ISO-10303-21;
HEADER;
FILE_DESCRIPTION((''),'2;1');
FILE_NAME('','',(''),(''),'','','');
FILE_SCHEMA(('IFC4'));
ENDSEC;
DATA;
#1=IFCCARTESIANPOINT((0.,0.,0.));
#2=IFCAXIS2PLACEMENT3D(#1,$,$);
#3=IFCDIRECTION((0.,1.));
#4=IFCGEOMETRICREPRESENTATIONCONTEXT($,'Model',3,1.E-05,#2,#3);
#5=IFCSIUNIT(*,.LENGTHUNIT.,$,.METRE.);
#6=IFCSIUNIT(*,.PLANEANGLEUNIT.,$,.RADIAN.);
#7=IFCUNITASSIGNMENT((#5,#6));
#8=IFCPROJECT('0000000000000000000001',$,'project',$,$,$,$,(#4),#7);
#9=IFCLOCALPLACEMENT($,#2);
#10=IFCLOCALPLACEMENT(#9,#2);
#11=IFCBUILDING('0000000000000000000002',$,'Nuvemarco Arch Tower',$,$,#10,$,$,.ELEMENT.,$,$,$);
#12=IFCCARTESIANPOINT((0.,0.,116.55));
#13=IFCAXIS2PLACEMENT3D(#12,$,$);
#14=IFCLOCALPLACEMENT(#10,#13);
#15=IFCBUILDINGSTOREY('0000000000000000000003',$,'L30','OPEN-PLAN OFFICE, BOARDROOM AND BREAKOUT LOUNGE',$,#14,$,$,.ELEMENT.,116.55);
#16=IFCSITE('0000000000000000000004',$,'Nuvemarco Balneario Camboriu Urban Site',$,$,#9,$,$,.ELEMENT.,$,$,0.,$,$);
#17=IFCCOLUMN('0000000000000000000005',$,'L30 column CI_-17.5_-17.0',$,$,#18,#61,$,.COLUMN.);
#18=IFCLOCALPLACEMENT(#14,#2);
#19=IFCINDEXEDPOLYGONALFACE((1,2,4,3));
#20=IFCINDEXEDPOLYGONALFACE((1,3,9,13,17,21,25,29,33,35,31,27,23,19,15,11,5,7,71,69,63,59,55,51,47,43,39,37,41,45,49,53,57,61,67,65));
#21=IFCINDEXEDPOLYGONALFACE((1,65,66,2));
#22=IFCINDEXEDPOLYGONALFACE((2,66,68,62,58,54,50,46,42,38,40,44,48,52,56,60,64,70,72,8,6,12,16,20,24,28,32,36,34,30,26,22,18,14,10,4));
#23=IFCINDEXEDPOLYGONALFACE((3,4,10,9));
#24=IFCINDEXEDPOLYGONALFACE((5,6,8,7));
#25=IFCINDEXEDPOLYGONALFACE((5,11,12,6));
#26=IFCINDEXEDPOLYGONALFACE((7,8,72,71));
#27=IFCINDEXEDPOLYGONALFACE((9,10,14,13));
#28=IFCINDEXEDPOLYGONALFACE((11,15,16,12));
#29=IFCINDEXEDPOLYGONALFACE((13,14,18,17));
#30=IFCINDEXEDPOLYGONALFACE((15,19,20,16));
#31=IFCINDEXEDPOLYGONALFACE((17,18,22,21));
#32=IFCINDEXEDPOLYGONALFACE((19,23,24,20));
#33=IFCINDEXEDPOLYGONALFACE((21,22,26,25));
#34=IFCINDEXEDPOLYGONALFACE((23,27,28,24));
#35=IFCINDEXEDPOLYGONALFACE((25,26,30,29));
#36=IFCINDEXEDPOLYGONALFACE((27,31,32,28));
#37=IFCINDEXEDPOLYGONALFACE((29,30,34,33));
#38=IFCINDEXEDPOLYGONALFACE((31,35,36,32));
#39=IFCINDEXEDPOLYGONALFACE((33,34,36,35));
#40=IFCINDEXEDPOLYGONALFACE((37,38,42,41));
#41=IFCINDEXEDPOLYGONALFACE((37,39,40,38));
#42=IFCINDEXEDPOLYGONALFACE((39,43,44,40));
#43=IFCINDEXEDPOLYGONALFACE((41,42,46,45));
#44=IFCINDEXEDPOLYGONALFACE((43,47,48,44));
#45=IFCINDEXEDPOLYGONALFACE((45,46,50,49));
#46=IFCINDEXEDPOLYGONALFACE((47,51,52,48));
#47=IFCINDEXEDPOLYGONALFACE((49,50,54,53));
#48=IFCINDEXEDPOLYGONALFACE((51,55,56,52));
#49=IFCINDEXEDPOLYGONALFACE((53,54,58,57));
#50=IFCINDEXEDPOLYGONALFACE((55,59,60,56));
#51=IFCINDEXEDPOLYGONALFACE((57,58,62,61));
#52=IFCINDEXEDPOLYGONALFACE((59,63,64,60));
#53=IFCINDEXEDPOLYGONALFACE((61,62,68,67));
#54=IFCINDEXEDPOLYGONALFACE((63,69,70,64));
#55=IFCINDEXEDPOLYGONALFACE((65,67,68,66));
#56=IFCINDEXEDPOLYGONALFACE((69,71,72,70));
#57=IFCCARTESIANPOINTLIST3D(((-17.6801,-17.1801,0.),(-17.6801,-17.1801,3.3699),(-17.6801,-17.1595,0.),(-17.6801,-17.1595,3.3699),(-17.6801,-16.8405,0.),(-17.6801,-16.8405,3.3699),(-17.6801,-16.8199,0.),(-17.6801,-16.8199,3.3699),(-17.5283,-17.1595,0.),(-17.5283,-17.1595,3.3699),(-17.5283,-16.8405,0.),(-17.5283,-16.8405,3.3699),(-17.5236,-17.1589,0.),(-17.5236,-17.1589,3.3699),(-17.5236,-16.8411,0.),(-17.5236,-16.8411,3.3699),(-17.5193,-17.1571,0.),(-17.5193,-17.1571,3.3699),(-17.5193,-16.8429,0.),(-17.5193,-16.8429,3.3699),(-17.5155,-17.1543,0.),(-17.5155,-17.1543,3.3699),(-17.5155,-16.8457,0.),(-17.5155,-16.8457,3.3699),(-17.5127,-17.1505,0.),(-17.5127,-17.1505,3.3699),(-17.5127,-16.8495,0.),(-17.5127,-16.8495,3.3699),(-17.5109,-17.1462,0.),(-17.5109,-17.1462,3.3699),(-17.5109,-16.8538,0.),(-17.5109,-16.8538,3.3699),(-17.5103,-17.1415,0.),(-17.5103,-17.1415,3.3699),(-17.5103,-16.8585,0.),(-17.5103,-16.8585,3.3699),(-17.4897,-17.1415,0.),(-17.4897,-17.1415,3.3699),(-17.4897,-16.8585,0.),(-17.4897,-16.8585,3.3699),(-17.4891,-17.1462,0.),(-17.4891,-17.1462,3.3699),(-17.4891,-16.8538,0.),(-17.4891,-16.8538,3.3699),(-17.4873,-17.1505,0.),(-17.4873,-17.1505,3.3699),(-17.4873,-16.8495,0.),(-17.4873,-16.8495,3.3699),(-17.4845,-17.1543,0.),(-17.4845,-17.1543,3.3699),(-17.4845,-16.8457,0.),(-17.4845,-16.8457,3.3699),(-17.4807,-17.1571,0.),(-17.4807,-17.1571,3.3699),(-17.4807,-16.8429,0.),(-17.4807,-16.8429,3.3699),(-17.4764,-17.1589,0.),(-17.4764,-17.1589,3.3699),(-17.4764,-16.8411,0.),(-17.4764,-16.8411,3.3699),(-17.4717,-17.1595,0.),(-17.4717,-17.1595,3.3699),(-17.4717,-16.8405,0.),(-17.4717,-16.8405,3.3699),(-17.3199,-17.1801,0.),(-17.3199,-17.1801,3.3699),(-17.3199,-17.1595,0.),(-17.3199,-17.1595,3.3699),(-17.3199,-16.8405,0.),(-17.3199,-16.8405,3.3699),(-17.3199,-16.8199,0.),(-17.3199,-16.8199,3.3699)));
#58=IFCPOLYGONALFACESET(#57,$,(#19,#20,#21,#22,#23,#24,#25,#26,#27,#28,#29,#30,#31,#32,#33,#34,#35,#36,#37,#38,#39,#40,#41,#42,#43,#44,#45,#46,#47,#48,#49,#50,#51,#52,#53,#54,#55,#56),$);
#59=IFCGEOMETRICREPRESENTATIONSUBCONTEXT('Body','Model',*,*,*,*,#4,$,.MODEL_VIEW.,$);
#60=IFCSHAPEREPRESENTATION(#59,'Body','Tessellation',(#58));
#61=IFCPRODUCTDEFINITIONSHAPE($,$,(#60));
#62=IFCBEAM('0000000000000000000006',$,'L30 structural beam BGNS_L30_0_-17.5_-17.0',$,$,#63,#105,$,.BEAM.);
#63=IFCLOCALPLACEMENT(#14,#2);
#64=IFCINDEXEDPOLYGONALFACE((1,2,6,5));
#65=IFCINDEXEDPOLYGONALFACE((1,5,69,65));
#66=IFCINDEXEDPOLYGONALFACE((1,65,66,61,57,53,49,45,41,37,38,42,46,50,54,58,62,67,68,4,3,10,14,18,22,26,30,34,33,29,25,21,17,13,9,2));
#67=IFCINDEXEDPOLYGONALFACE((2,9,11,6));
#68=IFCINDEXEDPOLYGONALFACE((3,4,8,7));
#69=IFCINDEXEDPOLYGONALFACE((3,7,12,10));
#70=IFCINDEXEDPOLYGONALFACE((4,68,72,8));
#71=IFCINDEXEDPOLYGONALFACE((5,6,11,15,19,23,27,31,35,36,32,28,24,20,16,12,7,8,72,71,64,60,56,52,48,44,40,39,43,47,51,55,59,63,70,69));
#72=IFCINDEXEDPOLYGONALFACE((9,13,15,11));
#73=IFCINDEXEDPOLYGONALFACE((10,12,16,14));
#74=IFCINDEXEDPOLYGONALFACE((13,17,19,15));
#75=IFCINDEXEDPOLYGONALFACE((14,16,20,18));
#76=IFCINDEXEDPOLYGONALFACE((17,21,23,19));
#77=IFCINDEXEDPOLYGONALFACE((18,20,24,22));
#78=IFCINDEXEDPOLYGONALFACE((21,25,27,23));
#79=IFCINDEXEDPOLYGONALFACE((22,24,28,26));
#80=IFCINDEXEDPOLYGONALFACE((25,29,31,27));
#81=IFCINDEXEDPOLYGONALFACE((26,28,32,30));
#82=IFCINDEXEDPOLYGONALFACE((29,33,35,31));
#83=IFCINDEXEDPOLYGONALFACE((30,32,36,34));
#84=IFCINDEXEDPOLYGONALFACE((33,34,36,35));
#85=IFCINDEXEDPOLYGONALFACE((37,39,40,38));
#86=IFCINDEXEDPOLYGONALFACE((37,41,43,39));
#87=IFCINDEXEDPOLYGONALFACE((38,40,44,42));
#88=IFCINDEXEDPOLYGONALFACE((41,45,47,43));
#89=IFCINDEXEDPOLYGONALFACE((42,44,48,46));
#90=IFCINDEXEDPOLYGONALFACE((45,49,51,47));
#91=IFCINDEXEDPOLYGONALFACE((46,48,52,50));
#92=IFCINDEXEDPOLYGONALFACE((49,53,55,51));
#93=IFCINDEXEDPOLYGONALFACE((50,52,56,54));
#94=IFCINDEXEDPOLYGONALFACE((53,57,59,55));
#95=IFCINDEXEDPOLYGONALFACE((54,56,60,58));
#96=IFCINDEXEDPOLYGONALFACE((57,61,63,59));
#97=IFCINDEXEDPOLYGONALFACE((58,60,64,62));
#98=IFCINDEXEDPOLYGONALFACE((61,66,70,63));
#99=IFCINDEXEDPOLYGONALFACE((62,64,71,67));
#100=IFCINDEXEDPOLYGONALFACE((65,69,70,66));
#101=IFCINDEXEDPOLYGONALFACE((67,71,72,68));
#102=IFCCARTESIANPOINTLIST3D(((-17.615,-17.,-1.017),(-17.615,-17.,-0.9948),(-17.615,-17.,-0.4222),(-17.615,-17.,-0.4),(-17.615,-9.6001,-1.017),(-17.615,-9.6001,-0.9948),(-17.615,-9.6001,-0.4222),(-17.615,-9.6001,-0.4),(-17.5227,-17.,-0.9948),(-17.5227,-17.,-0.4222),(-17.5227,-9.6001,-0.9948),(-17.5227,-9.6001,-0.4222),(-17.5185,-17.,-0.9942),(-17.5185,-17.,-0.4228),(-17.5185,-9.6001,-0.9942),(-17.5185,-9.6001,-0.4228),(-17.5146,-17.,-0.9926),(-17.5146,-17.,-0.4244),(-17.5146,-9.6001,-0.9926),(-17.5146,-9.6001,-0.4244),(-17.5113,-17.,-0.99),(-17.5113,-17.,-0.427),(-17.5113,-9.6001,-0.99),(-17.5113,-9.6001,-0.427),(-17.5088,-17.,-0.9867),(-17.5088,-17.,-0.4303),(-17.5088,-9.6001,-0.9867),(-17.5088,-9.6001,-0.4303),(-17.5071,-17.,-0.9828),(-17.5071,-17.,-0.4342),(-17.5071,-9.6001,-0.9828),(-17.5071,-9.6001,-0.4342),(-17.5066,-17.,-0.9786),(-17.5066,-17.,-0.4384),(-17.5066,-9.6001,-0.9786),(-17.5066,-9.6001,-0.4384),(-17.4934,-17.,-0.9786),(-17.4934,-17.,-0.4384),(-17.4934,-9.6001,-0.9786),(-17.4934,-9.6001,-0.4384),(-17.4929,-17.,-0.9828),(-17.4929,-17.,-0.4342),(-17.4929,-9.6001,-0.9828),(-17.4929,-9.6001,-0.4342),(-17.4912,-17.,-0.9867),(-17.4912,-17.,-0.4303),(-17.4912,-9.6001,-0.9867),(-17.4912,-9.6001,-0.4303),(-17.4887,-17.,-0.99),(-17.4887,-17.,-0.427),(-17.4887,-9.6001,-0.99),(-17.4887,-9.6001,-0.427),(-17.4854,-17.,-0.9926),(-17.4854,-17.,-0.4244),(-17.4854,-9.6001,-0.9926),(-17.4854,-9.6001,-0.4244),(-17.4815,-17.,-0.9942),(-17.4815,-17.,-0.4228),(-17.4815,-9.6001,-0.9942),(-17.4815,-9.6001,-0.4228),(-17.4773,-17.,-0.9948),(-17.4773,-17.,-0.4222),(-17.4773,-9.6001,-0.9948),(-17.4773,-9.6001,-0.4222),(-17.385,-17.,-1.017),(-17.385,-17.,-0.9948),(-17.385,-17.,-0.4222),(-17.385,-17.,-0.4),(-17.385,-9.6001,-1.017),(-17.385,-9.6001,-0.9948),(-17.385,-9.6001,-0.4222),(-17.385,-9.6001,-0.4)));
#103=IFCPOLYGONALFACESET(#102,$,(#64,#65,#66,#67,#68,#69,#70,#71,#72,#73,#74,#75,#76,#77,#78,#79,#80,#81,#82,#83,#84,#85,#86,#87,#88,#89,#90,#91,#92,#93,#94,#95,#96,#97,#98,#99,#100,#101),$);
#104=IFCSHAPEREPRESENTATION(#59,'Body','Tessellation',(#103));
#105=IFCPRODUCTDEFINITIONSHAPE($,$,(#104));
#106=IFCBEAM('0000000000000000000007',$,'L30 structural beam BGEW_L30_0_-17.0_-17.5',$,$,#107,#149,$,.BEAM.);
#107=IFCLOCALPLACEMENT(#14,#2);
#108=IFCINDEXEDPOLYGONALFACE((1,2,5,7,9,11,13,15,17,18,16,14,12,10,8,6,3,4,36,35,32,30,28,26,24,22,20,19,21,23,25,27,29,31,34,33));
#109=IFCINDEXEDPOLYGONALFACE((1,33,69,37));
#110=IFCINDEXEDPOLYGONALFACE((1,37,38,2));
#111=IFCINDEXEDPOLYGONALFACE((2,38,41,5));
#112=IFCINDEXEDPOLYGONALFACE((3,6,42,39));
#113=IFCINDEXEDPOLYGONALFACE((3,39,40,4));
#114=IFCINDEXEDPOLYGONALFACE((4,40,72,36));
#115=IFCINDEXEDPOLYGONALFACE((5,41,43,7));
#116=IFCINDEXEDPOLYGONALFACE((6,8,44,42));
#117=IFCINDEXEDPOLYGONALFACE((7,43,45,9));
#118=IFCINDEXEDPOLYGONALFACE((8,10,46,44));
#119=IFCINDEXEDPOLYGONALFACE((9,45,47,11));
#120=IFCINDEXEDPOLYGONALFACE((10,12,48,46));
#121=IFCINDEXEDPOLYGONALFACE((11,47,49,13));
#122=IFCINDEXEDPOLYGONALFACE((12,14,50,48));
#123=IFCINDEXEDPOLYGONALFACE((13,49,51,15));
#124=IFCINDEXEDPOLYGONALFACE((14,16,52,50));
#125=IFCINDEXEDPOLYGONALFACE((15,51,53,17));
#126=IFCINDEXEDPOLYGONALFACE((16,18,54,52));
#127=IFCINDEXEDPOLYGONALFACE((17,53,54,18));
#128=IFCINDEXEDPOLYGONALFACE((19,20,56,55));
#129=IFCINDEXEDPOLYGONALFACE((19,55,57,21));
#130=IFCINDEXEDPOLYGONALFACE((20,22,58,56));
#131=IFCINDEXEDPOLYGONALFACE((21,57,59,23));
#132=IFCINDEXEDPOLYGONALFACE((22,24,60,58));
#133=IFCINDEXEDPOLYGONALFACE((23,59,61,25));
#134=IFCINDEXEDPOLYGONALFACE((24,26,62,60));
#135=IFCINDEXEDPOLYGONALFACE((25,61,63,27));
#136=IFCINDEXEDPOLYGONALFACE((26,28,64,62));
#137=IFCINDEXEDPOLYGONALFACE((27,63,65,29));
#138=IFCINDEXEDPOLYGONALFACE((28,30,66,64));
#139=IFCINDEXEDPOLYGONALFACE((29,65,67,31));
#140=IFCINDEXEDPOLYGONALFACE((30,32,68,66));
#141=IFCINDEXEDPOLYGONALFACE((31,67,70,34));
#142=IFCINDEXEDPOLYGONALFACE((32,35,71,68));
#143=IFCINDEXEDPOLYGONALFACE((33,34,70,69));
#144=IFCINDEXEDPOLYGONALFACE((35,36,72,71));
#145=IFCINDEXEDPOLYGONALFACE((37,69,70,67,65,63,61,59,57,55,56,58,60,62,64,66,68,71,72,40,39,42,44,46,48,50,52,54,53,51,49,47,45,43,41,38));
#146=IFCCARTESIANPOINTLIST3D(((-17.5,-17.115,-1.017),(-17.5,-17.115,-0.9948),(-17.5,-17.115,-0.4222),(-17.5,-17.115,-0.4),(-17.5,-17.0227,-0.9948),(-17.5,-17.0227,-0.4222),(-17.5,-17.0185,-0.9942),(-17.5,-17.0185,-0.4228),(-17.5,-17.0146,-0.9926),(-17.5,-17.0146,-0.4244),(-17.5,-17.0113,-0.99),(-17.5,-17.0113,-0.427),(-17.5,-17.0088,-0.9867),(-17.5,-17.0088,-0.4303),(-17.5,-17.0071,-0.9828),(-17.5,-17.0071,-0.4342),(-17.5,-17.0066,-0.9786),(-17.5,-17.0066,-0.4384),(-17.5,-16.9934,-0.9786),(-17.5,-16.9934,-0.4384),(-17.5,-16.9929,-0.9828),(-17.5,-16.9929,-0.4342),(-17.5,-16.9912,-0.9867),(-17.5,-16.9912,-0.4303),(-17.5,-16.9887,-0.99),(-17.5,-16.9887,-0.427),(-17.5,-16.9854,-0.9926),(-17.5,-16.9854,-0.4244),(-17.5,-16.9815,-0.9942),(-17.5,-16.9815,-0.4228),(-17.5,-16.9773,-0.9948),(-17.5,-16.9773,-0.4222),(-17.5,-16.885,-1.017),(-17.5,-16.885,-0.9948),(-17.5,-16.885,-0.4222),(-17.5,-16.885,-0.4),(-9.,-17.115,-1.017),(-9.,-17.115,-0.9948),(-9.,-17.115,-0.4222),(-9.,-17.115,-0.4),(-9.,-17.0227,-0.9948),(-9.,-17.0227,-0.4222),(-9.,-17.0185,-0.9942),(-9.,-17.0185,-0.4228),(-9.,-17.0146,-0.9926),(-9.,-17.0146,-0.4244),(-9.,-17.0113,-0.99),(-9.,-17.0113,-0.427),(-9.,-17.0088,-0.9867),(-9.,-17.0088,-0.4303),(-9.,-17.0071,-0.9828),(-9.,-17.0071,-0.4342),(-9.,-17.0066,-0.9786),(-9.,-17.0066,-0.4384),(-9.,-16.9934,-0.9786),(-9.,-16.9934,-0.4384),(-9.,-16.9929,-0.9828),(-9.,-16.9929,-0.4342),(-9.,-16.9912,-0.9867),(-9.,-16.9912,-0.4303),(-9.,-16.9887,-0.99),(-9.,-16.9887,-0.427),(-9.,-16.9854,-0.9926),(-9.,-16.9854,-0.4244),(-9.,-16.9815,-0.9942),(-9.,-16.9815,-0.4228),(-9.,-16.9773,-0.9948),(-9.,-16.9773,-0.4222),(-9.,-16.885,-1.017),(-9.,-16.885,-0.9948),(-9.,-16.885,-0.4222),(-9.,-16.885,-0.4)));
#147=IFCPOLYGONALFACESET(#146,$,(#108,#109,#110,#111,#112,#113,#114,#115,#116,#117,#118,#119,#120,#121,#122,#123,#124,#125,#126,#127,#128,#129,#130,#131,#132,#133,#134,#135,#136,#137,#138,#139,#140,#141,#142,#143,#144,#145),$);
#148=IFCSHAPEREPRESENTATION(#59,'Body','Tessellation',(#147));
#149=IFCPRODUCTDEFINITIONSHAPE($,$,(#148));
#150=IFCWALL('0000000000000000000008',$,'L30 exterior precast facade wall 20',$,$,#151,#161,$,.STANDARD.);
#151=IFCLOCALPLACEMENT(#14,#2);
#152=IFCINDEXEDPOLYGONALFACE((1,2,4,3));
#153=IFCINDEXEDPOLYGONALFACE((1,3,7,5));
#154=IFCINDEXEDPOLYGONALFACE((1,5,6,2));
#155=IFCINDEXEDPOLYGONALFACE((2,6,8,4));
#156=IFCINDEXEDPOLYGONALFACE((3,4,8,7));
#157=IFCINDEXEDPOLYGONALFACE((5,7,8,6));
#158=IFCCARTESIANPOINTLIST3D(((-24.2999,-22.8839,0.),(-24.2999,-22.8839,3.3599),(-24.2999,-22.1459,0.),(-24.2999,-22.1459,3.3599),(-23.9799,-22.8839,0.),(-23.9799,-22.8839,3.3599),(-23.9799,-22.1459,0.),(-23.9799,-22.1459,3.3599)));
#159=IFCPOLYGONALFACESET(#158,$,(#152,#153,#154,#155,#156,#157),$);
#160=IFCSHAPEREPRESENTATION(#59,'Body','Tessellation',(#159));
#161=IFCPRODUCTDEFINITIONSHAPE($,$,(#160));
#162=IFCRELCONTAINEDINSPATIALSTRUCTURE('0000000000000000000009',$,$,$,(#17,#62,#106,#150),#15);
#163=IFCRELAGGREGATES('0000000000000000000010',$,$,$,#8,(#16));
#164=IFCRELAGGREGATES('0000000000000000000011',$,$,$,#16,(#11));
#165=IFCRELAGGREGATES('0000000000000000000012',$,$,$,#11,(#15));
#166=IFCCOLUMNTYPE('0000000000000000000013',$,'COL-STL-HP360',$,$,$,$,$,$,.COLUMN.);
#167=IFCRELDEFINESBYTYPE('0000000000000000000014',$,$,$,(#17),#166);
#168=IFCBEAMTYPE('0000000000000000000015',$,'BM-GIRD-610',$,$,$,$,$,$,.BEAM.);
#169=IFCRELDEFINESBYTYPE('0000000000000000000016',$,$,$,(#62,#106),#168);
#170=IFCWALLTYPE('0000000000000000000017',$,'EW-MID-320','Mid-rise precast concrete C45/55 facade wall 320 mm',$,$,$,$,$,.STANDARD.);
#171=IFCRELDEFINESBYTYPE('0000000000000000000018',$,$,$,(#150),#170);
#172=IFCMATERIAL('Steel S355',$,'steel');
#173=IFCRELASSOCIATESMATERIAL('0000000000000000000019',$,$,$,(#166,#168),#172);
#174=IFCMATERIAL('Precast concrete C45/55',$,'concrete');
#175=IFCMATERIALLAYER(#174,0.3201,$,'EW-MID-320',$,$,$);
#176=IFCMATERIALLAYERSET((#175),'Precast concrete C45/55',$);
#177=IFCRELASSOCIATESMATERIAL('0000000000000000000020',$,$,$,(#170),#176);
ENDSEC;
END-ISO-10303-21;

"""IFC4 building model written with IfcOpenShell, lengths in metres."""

from ifc_helpers import new_model, si_unit, direction, frame, frame_2d, origin, origin_2d, place, context, subcontext, project, spatial, rectangle, i_section, extrude, material, layer, layer_set, material_profile, profile_set, type_object, element, save


model = new_model("IFC4")

# Units and contexts
model_context = context("Model", 3, precision=1e-05, world=origin(), true_north=direction((0.0, 1.0)))
body_context = subcontext(model_context, "Body", "Model", "MODEL_VIEW")
ifc_project = project(units=[si_unit("LENGTHUNIT", "METRE"), si_unit("PLANEANGLEUNIT", "RADIAN")], contexts=[model_context])

# Site, building, storey
site_placement = place(None, origin())
site = spatial("IfcSite", under=ifc_project, at=site_placement, Name="Nuvemarco Balneario Camboriu Urban Site", CompositionType="ELEMENT", RefElevation=0.0)
building_placement = place(site_placement, origin())
building = spatial("IfcBuilding", under=site, at=building_placement, Name="Nuvemarco Arch Tower", CompositionType="ELEMENT")
storey_placement = place(building_placement, frame((0.0, 0.0, 116.55)))
storey = spatial("IfcBuildingStorey", under=building, at=storey_placement, Name="L30", Description="OPEN-PLAN OFFICE, BOARDROOM AND BREAKOUT LOUNGE", CompositionType="ELEMENT", Elevation=116.55)

# Column
ifc_material_1 = material(Name="Steel S355", Category="steel")
ifc_material_profile_1 = material_profile(ifc_material_1, i_section(OverallWidth=0.3601, OverallDepth=0.3601, WebThickness=0.0205, FlangeThickness=0.0205, FilletRadius=0.0181, at=origin_2d()), Name="HP360x174")
ifc_profile_set_1 = profile_set([ifc_material_profile_1], Name="Steel S355")
column_type = type_object("IfcColumnType", Name="COL-STL-HP360", PredefinedType="COLUMN", material=ifc_profile_set_1)
column_placement = place(storey_placement, frame((-17.5, -17.0, 0.0), z_axis=(0.0, 0.0, 1.0), x_axis=(1.0, 0.0, 0.0)))
element("IfcColumn", 1, at=column_placement, inside=storey, type_object=column_type, Name="L30 column CI_-17.5_-17.0", PredefinedType="COLUMN", context=body_context, shape_type="SweptSolid", body=[
    extrude(i_section(OverallWidth=0.3601, OverallDepth=0.3601, WebThickness=0.0205, FlangeThickness=0.0205, FilletRadius=0.0181, at=origin_2d()), origin(), (0.0, 0.0, 1.0), 3.3699),
])

# Beams
ifc_material_profile_2 = material_profile(ifc_material_1, i_section(OverallWidth=0.23, OverallDepth=0.6169, WebThickness=0.0132, FlangeThickness=0.0222, FilletRadius=0.0161, at=origin_2d()), Name="W610x140")
ifc_profile_set_2 = profile_set([ifc_material_profile_2], Name="Steel S355")
beam_type = type_object("IfcBeamType", Name="BM-GIRD-610", PredefinedType="BEAM", material=ifc_profile_set_2)
beam_1_placement = place(storey_placement, frame((-17.5, -17.0, -0.7085), z_axis=(0.0, 1.0, 0.0), x_axis=(-1.0, 0.0, 0.0)))
element("IfcBeam", 2, at=beam_1_placement, inside=storey, type_object=beam_type, Name="L30 structural beam BGNS_L30_0_-17.5_-17.0", PredefinedType="BEAM", context=body_context, shape_type="SweptSolid", body=[
    extrude(i_section(OverallWidth=0.23, OverallDepth=0.6169, WebThickness=0.0132, FlangeThickness=0.0222, FilletRadius=0.0161, at=origin_2d()), origin(), (0.0, 0.0, 1.0), 7.3999),
])
beam_2_placement = place(storey_placement, frame((-17.5, -17.0, -0.7085), z_axis=(1.0, 0.0, 0.0), x_axis=(0.0, 1.0, 0.0)))
element("IfcBeam", 3, at=beam_2_placement, inside=storey, type_object=beam_type, Name="L30 structural beam BGEW_L30_0_-17.0_-17.5", PredefinedType="BEAM", context=body_context, shape_type="SweptSolid", body=[
    extrude(i_section(OverallWidth=0.23, OverallDepth=0.6169, WebThickness=0.0132, FlangeThickness=0.0222, FilletRadius=0.0161, at=origin_2d()), origin(), (0.0, 0.0, 1.0), 8.5),
])

# Shared definitions
ifc_material_2 = material(Name="Precast concrete C45/55", Category="concrete")
ifc_layer_1 = layer(ifc_material_2, 0.3201, Name="EW-MID-320")
ifc_layer_set_1 = layer_set([ifc_layer_1], Name="Precast concrete C45/55")
wall_type_1 = type_object("IfcWallType", Name="EW-MID-320", Description="Mid-rise precast concrete C45/55 facade wall 320 mm", PredefinedType="STANDARD", material=ifc_layer_set_1)

# Wall
wall_1_placement = place(storey_placement, frame((-24.1399, -22.884, 0.0), z_axis=(0.0, 0.0, 1.0), x_axis=(0.0, 1.0, 0.0)))
element("IfcWall", 4, at=wall_1_placement, inside=storey, type_object=wall_type_1, Name="L30 exterior precast facade wall 20", PredefinedType="STANDARD", context=body_context, shape_type="SweptSolid", body=[
    extrude(rectangle(XDim=0.738, YDim=0.3201, at=frame_2d((0.3691, 0.0))), origin(), (0.0, 0.0, 1.0), 3.3599),
])

save(model, "model.ifc")
